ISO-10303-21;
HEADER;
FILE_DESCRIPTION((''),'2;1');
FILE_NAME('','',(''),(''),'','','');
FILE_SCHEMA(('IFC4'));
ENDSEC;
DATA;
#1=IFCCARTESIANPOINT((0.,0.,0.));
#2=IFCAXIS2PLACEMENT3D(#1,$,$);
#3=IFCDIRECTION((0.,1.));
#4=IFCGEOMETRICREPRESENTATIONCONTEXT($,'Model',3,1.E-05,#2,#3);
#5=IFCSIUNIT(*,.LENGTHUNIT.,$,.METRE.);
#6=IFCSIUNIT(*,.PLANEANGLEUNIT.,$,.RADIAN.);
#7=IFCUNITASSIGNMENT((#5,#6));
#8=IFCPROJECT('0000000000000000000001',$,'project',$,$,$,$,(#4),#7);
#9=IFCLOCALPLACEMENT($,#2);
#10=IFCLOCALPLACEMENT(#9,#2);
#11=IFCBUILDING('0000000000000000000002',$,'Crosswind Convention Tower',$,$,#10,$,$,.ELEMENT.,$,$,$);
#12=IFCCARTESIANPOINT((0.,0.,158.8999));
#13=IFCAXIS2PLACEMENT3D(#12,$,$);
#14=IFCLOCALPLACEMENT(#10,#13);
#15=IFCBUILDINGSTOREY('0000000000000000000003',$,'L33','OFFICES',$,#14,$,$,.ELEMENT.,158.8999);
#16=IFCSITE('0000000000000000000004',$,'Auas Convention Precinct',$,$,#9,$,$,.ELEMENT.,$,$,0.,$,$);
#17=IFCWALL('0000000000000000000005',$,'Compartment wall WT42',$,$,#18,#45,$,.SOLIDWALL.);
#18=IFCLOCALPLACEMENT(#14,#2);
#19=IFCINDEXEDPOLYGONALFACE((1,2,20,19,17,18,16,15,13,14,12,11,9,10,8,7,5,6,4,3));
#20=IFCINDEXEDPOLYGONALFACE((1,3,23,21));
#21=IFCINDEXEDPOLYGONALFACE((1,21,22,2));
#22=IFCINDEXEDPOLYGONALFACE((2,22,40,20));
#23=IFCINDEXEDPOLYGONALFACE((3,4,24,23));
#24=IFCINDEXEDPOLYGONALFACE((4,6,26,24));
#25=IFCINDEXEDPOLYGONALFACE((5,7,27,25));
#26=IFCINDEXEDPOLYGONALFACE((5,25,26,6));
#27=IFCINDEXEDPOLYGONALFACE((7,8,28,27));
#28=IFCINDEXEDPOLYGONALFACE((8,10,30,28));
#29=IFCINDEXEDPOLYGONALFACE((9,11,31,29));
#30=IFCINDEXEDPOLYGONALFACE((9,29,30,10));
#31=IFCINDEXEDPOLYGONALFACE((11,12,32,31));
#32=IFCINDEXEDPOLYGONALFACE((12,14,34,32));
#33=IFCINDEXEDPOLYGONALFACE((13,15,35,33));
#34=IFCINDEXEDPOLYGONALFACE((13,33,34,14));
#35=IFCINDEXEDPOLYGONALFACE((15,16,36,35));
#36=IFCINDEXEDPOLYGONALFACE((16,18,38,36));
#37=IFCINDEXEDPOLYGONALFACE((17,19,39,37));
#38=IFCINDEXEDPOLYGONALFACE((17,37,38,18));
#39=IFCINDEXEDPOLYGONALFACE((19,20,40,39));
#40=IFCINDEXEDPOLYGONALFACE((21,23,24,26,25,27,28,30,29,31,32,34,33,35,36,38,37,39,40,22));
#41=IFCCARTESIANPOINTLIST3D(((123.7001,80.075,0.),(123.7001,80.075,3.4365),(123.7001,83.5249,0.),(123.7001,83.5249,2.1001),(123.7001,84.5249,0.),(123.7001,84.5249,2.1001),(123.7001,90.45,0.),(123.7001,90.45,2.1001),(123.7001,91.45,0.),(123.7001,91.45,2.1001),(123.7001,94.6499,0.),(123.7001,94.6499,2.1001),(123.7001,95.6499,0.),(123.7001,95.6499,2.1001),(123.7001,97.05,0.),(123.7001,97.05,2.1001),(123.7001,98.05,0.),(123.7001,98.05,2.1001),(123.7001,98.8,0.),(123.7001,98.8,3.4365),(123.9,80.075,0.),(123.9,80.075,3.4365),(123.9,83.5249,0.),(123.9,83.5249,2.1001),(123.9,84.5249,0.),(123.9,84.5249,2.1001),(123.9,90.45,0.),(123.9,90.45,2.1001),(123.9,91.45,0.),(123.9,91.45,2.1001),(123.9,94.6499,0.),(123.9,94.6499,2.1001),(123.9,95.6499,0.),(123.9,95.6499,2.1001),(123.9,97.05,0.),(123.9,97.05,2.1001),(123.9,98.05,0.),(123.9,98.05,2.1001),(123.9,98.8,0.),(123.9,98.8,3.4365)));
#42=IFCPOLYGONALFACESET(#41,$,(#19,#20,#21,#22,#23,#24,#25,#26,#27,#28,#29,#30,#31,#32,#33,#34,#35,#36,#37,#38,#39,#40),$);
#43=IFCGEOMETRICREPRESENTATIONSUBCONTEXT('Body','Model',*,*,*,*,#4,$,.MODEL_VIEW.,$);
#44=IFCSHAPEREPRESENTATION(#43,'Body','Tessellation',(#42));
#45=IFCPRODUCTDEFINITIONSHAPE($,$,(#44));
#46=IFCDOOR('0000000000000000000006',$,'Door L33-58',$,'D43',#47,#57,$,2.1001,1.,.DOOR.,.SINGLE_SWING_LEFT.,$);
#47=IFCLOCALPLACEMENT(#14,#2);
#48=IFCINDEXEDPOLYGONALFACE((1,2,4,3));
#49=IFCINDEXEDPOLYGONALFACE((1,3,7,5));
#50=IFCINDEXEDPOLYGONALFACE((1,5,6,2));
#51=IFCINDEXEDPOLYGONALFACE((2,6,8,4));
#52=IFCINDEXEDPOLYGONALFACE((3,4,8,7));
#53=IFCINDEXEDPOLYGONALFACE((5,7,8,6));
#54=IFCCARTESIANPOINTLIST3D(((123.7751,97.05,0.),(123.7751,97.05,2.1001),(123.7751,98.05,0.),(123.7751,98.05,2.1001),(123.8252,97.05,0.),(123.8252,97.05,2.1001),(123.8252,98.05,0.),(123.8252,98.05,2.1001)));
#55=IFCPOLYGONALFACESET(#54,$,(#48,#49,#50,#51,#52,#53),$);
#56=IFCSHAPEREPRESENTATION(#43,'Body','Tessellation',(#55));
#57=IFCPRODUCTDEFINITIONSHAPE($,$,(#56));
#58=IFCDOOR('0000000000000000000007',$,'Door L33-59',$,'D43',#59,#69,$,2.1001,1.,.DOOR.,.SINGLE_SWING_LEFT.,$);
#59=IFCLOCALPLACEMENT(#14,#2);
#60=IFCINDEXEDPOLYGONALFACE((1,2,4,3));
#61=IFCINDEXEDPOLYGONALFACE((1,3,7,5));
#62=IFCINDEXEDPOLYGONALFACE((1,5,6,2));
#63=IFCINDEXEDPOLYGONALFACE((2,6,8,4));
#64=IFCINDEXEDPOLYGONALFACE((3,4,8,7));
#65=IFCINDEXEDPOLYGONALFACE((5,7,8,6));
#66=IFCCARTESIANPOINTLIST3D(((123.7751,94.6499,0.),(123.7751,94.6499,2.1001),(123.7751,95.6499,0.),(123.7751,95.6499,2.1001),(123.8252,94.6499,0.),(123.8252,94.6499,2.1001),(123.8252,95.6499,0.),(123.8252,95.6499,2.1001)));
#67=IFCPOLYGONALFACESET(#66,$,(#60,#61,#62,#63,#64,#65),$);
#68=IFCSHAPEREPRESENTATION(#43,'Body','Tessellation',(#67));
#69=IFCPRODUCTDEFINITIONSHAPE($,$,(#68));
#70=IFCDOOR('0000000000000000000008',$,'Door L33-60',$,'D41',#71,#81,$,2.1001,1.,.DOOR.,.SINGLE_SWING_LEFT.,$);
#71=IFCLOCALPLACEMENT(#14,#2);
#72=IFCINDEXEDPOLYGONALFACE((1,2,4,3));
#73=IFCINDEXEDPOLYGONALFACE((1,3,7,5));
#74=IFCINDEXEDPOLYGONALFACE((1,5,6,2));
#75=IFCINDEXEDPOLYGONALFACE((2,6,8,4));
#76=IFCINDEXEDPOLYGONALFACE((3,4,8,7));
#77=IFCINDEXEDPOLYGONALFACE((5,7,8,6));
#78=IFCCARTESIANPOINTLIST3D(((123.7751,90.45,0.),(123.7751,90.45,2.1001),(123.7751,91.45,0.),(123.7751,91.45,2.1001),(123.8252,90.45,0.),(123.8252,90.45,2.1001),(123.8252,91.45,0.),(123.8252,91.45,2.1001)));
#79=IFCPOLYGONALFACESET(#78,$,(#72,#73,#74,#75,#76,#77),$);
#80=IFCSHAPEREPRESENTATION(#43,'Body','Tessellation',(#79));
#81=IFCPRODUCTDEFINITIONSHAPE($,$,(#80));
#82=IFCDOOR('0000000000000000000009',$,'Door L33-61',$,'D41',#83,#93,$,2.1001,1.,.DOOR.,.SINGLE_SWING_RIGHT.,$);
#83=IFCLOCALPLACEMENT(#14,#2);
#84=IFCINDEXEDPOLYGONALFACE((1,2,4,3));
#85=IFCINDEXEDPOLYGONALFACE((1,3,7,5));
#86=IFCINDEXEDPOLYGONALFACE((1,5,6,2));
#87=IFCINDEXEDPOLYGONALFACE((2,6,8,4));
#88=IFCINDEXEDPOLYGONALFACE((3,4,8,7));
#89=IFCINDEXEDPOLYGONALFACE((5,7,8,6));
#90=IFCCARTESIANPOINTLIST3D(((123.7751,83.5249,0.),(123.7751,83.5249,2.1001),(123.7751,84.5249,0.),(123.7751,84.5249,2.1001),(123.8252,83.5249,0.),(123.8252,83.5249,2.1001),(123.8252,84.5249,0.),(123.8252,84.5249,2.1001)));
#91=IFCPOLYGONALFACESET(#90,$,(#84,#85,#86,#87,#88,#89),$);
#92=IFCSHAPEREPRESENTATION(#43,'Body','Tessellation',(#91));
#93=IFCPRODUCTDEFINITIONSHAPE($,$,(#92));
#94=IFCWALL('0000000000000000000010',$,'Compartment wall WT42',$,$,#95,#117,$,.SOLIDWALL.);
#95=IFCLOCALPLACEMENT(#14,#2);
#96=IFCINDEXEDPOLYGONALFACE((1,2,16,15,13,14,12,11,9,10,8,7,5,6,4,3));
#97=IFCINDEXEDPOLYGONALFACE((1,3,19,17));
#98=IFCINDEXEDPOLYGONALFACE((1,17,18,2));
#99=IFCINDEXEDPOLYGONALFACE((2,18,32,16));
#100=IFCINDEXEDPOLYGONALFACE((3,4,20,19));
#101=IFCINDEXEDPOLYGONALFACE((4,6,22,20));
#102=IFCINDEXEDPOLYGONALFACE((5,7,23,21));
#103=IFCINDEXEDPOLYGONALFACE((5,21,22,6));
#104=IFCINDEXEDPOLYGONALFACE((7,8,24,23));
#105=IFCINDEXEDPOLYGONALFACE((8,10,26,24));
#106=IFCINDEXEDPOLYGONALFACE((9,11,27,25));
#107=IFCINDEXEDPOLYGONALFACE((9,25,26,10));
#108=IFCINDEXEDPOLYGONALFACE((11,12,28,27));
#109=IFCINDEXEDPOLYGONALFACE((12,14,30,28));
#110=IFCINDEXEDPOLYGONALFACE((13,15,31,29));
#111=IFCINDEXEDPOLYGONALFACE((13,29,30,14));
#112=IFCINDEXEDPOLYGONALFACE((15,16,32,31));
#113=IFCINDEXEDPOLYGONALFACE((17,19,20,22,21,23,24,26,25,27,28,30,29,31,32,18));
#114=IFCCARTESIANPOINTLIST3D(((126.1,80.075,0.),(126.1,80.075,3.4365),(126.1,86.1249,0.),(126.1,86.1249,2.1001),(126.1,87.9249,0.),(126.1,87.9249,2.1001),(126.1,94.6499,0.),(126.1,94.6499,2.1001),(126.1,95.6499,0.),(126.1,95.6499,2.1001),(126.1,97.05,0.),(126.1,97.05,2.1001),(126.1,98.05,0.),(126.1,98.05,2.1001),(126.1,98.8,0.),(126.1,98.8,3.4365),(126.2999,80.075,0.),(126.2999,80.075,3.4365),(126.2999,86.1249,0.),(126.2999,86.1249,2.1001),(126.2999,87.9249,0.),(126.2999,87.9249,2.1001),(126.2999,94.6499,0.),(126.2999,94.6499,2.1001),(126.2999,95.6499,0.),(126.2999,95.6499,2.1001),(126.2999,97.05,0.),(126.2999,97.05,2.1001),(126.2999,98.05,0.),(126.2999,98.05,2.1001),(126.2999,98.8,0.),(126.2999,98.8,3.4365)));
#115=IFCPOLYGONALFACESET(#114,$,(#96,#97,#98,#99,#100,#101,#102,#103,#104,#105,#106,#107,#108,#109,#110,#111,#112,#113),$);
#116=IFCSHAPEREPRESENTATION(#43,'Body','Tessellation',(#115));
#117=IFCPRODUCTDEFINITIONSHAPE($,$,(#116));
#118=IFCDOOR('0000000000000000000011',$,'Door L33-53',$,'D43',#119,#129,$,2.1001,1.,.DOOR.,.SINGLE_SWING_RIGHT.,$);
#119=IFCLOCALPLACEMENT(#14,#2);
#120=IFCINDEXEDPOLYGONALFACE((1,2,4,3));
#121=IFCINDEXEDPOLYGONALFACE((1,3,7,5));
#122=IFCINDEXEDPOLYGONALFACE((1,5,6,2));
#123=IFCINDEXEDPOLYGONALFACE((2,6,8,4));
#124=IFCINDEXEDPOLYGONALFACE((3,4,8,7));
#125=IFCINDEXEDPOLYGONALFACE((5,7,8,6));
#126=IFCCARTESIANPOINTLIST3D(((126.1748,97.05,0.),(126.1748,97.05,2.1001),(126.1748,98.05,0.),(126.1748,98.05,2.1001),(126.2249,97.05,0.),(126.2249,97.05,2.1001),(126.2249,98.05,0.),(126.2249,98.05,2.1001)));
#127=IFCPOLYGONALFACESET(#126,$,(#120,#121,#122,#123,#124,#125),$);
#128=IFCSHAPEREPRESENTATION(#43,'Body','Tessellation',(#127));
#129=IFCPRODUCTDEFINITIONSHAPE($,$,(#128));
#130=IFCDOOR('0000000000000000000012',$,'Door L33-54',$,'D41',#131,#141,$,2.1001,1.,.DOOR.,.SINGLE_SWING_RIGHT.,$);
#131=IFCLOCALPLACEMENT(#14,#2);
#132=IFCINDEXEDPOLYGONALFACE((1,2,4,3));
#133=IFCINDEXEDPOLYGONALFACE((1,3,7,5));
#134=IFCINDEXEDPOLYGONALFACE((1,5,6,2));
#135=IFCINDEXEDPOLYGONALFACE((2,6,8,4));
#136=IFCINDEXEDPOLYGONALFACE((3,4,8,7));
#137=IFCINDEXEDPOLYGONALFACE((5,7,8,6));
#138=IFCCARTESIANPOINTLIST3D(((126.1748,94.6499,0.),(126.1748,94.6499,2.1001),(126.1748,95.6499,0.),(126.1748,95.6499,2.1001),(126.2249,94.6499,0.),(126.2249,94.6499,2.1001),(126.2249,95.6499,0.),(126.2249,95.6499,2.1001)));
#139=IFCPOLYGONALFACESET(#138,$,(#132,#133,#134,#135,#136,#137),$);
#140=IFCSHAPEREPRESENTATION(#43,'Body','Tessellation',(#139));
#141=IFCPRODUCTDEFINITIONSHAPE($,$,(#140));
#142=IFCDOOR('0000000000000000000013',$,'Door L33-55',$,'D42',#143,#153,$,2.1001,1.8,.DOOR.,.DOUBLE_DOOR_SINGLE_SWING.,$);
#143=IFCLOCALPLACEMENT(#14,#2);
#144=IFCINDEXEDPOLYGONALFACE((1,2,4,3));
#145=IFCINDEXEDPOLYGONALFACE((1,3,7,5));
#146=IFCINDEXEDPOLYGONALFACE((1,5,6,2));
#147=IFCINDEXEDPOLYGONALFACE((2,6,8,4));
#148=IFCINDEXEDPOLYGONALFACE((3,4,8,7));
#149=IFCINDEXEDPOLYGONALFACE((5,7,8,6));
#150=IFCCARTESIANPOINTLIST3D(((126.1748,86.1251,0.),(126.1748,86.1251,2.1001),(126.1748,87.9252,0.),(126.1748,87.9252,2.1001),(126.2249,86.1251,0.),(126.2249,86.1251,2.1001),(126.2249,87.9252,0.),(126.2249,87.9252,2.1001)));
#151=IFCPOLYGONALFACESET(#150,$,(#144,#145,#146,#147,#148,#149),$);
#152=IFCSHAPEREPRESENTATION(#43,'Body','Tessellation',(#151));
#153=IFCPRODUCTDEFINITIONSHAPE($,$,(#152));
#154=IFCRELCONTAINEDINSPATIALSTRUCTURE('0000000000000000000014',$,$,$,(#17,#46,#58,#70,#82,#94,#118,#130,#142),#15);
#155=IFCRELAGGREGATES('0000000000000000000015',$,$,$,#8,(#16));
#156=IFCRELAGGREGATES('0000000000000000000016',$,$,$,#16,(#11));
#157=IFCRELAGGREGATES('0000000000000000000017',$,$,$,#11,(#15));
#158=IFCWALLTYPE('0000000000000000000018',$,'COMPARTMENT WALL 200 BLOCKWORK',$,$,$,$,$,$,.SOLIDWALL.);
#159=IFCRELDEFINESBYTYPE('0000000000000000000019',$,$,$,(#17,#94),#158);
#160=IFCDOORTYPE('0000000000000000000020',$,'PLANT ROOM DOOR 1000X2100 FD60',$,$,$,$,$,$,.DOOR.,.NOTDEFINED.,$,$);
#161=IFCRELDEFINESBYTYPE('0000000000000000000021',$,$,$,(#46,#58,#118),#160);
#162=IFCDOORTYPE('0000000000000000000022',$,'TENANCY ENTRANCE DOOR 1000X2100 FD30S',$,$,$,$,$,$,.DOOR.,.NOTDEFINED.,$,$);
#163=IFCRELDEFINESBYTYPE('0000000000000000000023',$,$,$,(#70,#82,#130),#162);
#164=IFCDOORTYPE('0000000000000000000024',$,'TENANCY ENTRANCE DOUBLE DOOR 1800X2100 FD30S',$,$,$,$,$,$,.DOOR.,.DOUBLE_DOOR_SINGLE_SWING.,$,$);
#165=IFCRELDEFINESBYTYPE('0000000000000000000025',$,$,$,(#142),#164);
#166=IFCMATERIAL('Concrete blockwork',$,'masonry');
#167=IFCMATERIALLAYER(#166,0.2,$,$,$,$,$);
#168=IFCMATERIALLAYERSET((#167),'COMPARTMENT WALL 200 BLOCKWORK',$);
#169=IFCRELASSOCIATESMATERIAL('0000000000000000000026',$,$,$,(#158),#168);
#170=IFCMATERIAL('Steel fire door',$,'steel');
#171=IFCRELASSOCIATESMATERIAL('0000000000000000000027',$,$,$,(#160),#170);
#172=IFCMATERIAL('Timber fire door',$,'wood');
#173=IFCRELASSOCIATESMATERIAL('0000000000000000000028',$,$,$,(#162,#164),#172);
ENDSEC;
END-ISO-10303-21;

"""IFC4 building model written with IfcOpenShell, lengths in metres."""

from ifc_helpers import new_model, si_unit, direction, frame, frame_2d, origin, place, context, subcontext, project, spatial, rectangle, extrude, material, layer, layer_set, type_object, element, fill, save


model = new_model("IFC4")

# Units and contexts
model_context = context("Model", 3, precision=1e-05, world=origin(), true_north=direction((0.0, 1.0)))
body_context = subcontext(model_context, "Body", "Model", "MODEL_VIEW")
ifc_project = project(units=[si_unit("LENGTHUNIT", "METRE"), si_unit("PLANEANGLEUNIT", "RADIAN")], contexts=[model_context])

# Site, building, storey
site_placement = place(None, origin())
site = spatial("IfcSite", under=ifc_project, at=site_placement, Name="Auas Convention Precinct", CompositionType="ELEMENT", RefElevation=0.0)
building_placement = place(site_placement, origin())
building = spatial("IfcBuilding", under=site, at=building_placement, Name="Crosswind Convention Tower", CompositionType="ELEMENT")
storey_placement = place(building_placement, frame((0.0, 0.0, 158.8999)))
storey = spatial("IfcBuildingStorey", under=building, at=storey_placement, Name="L33", Description="OFFICES", CompositionType="ELEMENT", Elevation=158.8999)

# Walls, openings, doors
ifc_material_1 = material(Name="Concrete blockwork", Category="masonry")
ifc_layer_1 = layer(ifc_material_1, 0.2)
ifc_layer_set_1 = layer_set([ifc_layer_1], Name="COMPARTMENT WALL 200 BLOCKWORK")
wall_type = type_object("IfcWallType", Name="COMPARTMENT WALL 200 BLOCKWORK", PredefinedType="SOLIDWALL", material=ifc_layer_set_1)
wall_1_placement = place(storey_placement, frame((123.8, 80.075, 0.0), z_axis=(0.0, 0.0, 1.0), x_axis=(0.0, 1.0, 0.0)))
wall_1 = element("IfcWall", 1, at=wall_1_placement, inside=storey, type_object=wall_type, Name="Compartment wall WT42", PredefinedType="SOLIDWALL", context=body_context, shape_type="SweptSolid", body=[
    extrude(rectangle(XDim=18.7251, YDim=0.2, at=frame_2d((9.3625, 0.0))), origin(), (0.0, 0.0, 1.0), 3.4365),
])
opening_1_placement = place(wall_1_placement, frame((16.9751, 0.0, 0.0)))
opening_1 = element("IfcOpeningElement", 2, at=opening_1_placement, cuts=wall_1, PredefinedType="OPENING", context=body_context, shape_type="SweptSolid", body=[
    extrude(rectangle(XDim=1.0, YDim=2.1001, at=frame_2d((0.5, 1.05))), frame((0.0, 0.1099, 0.0), z_axis=(0.0, -1.0, 0.0), x_axis=(1.0, 0.0, 0.0)), (0.0, 0.0, 1.0), 0.22),
])
opening_2_placement = place(wall_1_placement, frame((14.575, 0.0, 0.0)))
opening_2 = element("IfcOpeningElement", 3, at=opening_2_placement, cuts=wall_1, PredefinedType="OPENING", context=body_context, shape_type="SweptSolid", body=[
    extrude(rectangle(XDim=1.0, YDim=2.1001, at=frame_2d((0.5, 1.05))), frame((0.0, 0.1099, 0.0), z_axis=(0.0, -1.0, 0.0), x_axis=(1.0, 0.0, 0.0)), (0.0, 0.0, 1.0), 0.22),
])
opening_3_placement = place(wall_1_placement, frame((10.375, 0.0, 0.0)))
opening_3 = element("IfcOpeningElement", 4, at=opening_3_placement, cuts=wall_1, PredefinedType="OPENING", context=body_context, shape_type="SweptSolid", body=[
    extrude(rectangle(XDim=1.0, YDim=2.1001, at=frame_2d((0.5, 1.05))), frame((0.0, 0.1099, 0.0), z_axis=(0.0, -1.0, 0.0), x_axis=(1.0, 0.0, 0.0)), (0.0, 0.0, 1.0), 0.22),
])
opening_4_placement = place(wall_1_placement, frame((3.45, 0.0, 0.0)))
opening_4 = element("IfcOpeningElement", 5, at=opening_4_placement, cuts=wall_1, PredefinedType="OPENING", context=body_context, shape_type="SweptSolid", body=[
    extrude(rectangle(XDim=1.0, YDim=2.1001, at=frame_2d((0.5, 1.05))), frame((0.0, 0.1099, 0.0), z_axis=(0.0, -1.0, 0.0), x_axis=(1.0, 0.0, 0.0)), (0.0, 0.0, 1.0), 0.22),
])
ifc_material_2 = material(Name="Steel fire door", Category="steel")
door_type_1 = type_object("IfcDoorType", Name="PLANT ROOM DOOR 1000X2100 FD60", OperationType="NOTDEFINED", PredefinedType="DOOR", material=ifc_material_2)
door_1_placement = place(opening_1_placement, origin())
door_1 = element("IfcDoor", 6, at=door_1_placement, inside=storey, type_object=door_type_1, Name="Door L33-58", ObjectType="D43", OperationType="SINGLE_SWING_LEFT", OverallHeight=2.1001, OverallWidth=1.0, PredefinedType="DOOR", context=body_context, shape_type="SweptSolid", body=[
    extrude(rectangle(XDim=1.0, YDim=2.1001, at=frame_2d((0.5, 1.05))), frame((0.0, 0.0249, 0.0), z_axis=(0.0, -1.0, 0.0), x_axis=(1.0, 0.0, 0.0)), (0.0, 0.0, 1.0), 0.05),
])
fill(opening_1, door_1)
door_2_placement = place(opening_2_placement, origin())
door_2 = element("IfcDoor", 7, at=door_2_placement, inside=storey, type_object=door_type_1, Name="Door L33-59", ObjectType="D43", OperationType="SINGLE_SWING_LEFT", OverallHeight=2.1001, OverallWidth=1.0, PredefinedType="DOOR", context=body_context, shape_type="SweptSolid", body=[
    extrude(rectangle(XDim=1.0, YDim=2.1001, at=frame_2d((0.5, 1.05))), frame((0.0, 0.0249, 0.0), z_axis=(0.0, -1.0, 0.0), x_axis=(1.0, 0.0, 0.0)), (0.0, 0.0, 1.0), 0.05),
])
fill(opening_2, door_2)
ifc_material_3 = material(Name="Timber fire door", Category="wood")
door_type_2 = type_object("IfcDoorType", Name="TENANCY ENTRANCE DOOR 1000X2100 FD30S", OperationType="NOTDEFINED", PredefinedType="DOOR", material=ifc_material_3)
door_3_placement = place(opening_3_placement, origin())
door_3 = element("IfcDoor", 8, at=door_3_placement, inside=storey, type_object=door_type_2, Name="Door L33-60", ObjectType="D41", OperationType="SINGLE_SWING_LEFT", OverallHeight=2.1001, OverallWidth=1.0, PredefinedType="DOOR", context=body_context, shape_type="SweptSolid", body=[
    extrude(rectangle(XDim=1.0, YDim=2.1001, at=frame_2d((0.5, 1.05))), frame((0.0, 0.0249, 0.0), z_axis=(0.0, -1.0, 0.0), x_axis=(1.0, 0.0, 0.0)), (0.0, 0.0, 1.0), 0.05),
])
fill(opening_3, door_3)
door_4_placement = place(opening_4_placement, origin())
door_4 = element("IfcDoor", 9, at=door_4_placement, inside=storey, type_object=door_type_2, Name="Door L33-61", ObjectType="D41", OperationType="SINGLE_SWING_RIGHT", OverallHeight=2.1001, OverallWidth=1.0, PredefinedType="DOOR", context=body_context, shape_type="SweptSolid", body=[
    extrude(rectangle(XDim=1.0, YDim=2.1001, at=frame_2d((0.5, 1.05))), frame((0.0, 0.0249, 0.0), z_axis=(0.0, -1.0, 0.0), x_axis=(1.0, 0.0, 0.0)), (0.0, 0.0, 1.0), 0.05),
])
fill(opening_4, door_4)
wall_2_placement = place(storey_placement, frame((126.2, 80.075, 0.0), z_axis=(0.0, 0.0, 1.0), x_axis=(0.0, 1.0, 0.0)))
wall_2 = element("IfcWall", 10, at=wall_2_placement, inside=storey, type_object=wall_type, Name="Compartment wall WT42", PredefinedType="SOLIDWALL", context=body_context, shape_type="SweptSolid", body=[
    extrude(rectangle(XDim=18.7251, YDim=0.2, at=frame_2d((9.3625, 0.0))), origin(), (0.0, 0.0, 1.0), 3.4365),
])
opening_5_placement = place(wall_2_placement, frame((16.9751, 0.0, 0.0)))
opening_5 = element("IfcOpeningElement", 11, at=opening_5_placement, cuts=wall_2, PredefinedType="OPENING", context=body_context, shape_type="SweptSolid", body=[
    extrude(rectangle(XDim=1.0, YDim=2.1001, at=frame_2d((0.5, 1.05))), frame((0.0, 0.1099, 0.0), z_axis=(0.0, -1.0, 0.0), x_axis=(1.0, 0.0, 0.0)), (0.0, 0.0, 1.0), 0.22),
])
opening_6_placement = place(wall_2_placement, frame((14.575, 0.0, 0.0)))
opening_6 = element("IfcOpeningElement", 12, at=opening_6_placement, cuts=wall_2, PredefinedType="OPENING", context=body_context, shape_type="SweptSolid", body=[
    extrude(rectangle(XDim=1.0, YDim=2.1001, at=frame_2d((0.5, 1.05))), frame((0.0, 0.1099, 0.0), z_axis=(0.0, -1.0, 0.0), x_axis=(1.0, 0.0, 0.0)), (0.0, 0.0, 1.0), 0.22),
])
opening_7_placement = place(wall_2_placement, frame((6.05, 0.0, 0.0)))
opening_7 = element("IfcOpeningElement", 13, at=opening_7_placement, cuts=wall_2, PredefinedType="OPENING", context=body_context, shape_type="SweptSolid", body=[
    extrude(rectangle(XDim=1.8, YDim=2.1001, at=frame_2d((0.8999, 1.05))), frame((0.0, 0.1099, 0.0), z_axis=(0.0, -1.0, 0.0), x_axis=(1.0, 0.0, 0.0)), (0.0, 0.0, 1.0), 0.22),
])
door_5_placement = place(opening_5_placement, frame((1.0, 0.0, 0.0), z_axis=(0.0, 0.0, 1.0), x_axis=(-1.0, 0.0, 0.0)))
door_5 = element("IfcDoor", 14, at=door_5_placement, inside=storey, type_object=door_type_1, Name="Door L33-53", ObjectType="D43", OperationType="SINGLE_SWING_RIGHT", OverallHeight=2.1001, OverallWidth=1.0, PredefinedType="DOOR", context=body_context, shape_type="SweptSolid", body=[
    extrude(rectangle(XDim=1.0, YDim=2.1001, at=frame_2d((0.5, 1.05))), frame((0.0, 0.0249, 0.0), z_axis=(0.0, -1.0, 0.0), x_axis=(1.0, 0.0, 0.0)), (0.0, 0.0, 1.0), 0.05),
])
fill(opening_5, door_5)
door_6_placement = place(opening_6_placement, frame((1.0, 0.0, 0.0), z_axis=(0.0, 0.0, 1.0), x_axis=(-1.0, 0.0, 0.0)))
door_6 = element("IfcDoor", 15, at=door_6_placement, inside=storey, type_object=door_type_2, Name="Door L33-54", ObjectType="D41", OperationType="SINGLE_SWING_RIGHT", OverallHeight=2.1001, OverallWidth=1.0, PredefinedType="DOOR", context=body_context, shape_type="SweptSolid", body=[
    extrude(rectangle(XDim=1.0, YDim=2.1001, at=frame_2d((0.5, 1.05))), frame((0.0, 0.0249, 0.0), z_axis=(0.0, -1.0, 0.0), x_axis=(1.0, 0.0, 0.0)), (0.0, 0.0, 1.0), 0.05),
])
fill(opening_6, door_6)
door_type_3 = type_object("IfcDoorType", Name="TENANCY ENTRANCE DOUBLE DOOR 1800X2100 FD30S", OperationType="DOUBLE_DOOR_SINGLE_SWING", PredefinedType="DOOR", material=ifc_material_3)
door_7_placement = place(opening_7_placement, frame((1.8, 0.0, 0.0), z_axis=(0.0, 0.0, 1.0), x_axis=(-1.0, 0.0, 0.0)))
door_7 = element("IfcDoor", 16, at=door_7_placement, inside=storey, type_object=door_type_3, Name="Door L33-55", ObjectType="D42", OperationType="DOUBLE_DOOR_SINGLE_SWING", OverallHeight=2.1001, OverallWidth=1.8, PredefinedType="DOOR", context=body_context, shape_type="SweptSolid", body=[
    extrude(rectangle(XDim=1.8, YDim=2.1001, at=frame_2d((0.8999, 1.05))), frame((0.0, 0.0249, 0.0), z_axis=(0.0, -1.0, 0.0), x_axis=(1.0, 0.0, 0.0)), (0.0, 0.0, 1.0), 0.05),
])
fill(opening_7, door_7)

save(model, "model.ifc")
